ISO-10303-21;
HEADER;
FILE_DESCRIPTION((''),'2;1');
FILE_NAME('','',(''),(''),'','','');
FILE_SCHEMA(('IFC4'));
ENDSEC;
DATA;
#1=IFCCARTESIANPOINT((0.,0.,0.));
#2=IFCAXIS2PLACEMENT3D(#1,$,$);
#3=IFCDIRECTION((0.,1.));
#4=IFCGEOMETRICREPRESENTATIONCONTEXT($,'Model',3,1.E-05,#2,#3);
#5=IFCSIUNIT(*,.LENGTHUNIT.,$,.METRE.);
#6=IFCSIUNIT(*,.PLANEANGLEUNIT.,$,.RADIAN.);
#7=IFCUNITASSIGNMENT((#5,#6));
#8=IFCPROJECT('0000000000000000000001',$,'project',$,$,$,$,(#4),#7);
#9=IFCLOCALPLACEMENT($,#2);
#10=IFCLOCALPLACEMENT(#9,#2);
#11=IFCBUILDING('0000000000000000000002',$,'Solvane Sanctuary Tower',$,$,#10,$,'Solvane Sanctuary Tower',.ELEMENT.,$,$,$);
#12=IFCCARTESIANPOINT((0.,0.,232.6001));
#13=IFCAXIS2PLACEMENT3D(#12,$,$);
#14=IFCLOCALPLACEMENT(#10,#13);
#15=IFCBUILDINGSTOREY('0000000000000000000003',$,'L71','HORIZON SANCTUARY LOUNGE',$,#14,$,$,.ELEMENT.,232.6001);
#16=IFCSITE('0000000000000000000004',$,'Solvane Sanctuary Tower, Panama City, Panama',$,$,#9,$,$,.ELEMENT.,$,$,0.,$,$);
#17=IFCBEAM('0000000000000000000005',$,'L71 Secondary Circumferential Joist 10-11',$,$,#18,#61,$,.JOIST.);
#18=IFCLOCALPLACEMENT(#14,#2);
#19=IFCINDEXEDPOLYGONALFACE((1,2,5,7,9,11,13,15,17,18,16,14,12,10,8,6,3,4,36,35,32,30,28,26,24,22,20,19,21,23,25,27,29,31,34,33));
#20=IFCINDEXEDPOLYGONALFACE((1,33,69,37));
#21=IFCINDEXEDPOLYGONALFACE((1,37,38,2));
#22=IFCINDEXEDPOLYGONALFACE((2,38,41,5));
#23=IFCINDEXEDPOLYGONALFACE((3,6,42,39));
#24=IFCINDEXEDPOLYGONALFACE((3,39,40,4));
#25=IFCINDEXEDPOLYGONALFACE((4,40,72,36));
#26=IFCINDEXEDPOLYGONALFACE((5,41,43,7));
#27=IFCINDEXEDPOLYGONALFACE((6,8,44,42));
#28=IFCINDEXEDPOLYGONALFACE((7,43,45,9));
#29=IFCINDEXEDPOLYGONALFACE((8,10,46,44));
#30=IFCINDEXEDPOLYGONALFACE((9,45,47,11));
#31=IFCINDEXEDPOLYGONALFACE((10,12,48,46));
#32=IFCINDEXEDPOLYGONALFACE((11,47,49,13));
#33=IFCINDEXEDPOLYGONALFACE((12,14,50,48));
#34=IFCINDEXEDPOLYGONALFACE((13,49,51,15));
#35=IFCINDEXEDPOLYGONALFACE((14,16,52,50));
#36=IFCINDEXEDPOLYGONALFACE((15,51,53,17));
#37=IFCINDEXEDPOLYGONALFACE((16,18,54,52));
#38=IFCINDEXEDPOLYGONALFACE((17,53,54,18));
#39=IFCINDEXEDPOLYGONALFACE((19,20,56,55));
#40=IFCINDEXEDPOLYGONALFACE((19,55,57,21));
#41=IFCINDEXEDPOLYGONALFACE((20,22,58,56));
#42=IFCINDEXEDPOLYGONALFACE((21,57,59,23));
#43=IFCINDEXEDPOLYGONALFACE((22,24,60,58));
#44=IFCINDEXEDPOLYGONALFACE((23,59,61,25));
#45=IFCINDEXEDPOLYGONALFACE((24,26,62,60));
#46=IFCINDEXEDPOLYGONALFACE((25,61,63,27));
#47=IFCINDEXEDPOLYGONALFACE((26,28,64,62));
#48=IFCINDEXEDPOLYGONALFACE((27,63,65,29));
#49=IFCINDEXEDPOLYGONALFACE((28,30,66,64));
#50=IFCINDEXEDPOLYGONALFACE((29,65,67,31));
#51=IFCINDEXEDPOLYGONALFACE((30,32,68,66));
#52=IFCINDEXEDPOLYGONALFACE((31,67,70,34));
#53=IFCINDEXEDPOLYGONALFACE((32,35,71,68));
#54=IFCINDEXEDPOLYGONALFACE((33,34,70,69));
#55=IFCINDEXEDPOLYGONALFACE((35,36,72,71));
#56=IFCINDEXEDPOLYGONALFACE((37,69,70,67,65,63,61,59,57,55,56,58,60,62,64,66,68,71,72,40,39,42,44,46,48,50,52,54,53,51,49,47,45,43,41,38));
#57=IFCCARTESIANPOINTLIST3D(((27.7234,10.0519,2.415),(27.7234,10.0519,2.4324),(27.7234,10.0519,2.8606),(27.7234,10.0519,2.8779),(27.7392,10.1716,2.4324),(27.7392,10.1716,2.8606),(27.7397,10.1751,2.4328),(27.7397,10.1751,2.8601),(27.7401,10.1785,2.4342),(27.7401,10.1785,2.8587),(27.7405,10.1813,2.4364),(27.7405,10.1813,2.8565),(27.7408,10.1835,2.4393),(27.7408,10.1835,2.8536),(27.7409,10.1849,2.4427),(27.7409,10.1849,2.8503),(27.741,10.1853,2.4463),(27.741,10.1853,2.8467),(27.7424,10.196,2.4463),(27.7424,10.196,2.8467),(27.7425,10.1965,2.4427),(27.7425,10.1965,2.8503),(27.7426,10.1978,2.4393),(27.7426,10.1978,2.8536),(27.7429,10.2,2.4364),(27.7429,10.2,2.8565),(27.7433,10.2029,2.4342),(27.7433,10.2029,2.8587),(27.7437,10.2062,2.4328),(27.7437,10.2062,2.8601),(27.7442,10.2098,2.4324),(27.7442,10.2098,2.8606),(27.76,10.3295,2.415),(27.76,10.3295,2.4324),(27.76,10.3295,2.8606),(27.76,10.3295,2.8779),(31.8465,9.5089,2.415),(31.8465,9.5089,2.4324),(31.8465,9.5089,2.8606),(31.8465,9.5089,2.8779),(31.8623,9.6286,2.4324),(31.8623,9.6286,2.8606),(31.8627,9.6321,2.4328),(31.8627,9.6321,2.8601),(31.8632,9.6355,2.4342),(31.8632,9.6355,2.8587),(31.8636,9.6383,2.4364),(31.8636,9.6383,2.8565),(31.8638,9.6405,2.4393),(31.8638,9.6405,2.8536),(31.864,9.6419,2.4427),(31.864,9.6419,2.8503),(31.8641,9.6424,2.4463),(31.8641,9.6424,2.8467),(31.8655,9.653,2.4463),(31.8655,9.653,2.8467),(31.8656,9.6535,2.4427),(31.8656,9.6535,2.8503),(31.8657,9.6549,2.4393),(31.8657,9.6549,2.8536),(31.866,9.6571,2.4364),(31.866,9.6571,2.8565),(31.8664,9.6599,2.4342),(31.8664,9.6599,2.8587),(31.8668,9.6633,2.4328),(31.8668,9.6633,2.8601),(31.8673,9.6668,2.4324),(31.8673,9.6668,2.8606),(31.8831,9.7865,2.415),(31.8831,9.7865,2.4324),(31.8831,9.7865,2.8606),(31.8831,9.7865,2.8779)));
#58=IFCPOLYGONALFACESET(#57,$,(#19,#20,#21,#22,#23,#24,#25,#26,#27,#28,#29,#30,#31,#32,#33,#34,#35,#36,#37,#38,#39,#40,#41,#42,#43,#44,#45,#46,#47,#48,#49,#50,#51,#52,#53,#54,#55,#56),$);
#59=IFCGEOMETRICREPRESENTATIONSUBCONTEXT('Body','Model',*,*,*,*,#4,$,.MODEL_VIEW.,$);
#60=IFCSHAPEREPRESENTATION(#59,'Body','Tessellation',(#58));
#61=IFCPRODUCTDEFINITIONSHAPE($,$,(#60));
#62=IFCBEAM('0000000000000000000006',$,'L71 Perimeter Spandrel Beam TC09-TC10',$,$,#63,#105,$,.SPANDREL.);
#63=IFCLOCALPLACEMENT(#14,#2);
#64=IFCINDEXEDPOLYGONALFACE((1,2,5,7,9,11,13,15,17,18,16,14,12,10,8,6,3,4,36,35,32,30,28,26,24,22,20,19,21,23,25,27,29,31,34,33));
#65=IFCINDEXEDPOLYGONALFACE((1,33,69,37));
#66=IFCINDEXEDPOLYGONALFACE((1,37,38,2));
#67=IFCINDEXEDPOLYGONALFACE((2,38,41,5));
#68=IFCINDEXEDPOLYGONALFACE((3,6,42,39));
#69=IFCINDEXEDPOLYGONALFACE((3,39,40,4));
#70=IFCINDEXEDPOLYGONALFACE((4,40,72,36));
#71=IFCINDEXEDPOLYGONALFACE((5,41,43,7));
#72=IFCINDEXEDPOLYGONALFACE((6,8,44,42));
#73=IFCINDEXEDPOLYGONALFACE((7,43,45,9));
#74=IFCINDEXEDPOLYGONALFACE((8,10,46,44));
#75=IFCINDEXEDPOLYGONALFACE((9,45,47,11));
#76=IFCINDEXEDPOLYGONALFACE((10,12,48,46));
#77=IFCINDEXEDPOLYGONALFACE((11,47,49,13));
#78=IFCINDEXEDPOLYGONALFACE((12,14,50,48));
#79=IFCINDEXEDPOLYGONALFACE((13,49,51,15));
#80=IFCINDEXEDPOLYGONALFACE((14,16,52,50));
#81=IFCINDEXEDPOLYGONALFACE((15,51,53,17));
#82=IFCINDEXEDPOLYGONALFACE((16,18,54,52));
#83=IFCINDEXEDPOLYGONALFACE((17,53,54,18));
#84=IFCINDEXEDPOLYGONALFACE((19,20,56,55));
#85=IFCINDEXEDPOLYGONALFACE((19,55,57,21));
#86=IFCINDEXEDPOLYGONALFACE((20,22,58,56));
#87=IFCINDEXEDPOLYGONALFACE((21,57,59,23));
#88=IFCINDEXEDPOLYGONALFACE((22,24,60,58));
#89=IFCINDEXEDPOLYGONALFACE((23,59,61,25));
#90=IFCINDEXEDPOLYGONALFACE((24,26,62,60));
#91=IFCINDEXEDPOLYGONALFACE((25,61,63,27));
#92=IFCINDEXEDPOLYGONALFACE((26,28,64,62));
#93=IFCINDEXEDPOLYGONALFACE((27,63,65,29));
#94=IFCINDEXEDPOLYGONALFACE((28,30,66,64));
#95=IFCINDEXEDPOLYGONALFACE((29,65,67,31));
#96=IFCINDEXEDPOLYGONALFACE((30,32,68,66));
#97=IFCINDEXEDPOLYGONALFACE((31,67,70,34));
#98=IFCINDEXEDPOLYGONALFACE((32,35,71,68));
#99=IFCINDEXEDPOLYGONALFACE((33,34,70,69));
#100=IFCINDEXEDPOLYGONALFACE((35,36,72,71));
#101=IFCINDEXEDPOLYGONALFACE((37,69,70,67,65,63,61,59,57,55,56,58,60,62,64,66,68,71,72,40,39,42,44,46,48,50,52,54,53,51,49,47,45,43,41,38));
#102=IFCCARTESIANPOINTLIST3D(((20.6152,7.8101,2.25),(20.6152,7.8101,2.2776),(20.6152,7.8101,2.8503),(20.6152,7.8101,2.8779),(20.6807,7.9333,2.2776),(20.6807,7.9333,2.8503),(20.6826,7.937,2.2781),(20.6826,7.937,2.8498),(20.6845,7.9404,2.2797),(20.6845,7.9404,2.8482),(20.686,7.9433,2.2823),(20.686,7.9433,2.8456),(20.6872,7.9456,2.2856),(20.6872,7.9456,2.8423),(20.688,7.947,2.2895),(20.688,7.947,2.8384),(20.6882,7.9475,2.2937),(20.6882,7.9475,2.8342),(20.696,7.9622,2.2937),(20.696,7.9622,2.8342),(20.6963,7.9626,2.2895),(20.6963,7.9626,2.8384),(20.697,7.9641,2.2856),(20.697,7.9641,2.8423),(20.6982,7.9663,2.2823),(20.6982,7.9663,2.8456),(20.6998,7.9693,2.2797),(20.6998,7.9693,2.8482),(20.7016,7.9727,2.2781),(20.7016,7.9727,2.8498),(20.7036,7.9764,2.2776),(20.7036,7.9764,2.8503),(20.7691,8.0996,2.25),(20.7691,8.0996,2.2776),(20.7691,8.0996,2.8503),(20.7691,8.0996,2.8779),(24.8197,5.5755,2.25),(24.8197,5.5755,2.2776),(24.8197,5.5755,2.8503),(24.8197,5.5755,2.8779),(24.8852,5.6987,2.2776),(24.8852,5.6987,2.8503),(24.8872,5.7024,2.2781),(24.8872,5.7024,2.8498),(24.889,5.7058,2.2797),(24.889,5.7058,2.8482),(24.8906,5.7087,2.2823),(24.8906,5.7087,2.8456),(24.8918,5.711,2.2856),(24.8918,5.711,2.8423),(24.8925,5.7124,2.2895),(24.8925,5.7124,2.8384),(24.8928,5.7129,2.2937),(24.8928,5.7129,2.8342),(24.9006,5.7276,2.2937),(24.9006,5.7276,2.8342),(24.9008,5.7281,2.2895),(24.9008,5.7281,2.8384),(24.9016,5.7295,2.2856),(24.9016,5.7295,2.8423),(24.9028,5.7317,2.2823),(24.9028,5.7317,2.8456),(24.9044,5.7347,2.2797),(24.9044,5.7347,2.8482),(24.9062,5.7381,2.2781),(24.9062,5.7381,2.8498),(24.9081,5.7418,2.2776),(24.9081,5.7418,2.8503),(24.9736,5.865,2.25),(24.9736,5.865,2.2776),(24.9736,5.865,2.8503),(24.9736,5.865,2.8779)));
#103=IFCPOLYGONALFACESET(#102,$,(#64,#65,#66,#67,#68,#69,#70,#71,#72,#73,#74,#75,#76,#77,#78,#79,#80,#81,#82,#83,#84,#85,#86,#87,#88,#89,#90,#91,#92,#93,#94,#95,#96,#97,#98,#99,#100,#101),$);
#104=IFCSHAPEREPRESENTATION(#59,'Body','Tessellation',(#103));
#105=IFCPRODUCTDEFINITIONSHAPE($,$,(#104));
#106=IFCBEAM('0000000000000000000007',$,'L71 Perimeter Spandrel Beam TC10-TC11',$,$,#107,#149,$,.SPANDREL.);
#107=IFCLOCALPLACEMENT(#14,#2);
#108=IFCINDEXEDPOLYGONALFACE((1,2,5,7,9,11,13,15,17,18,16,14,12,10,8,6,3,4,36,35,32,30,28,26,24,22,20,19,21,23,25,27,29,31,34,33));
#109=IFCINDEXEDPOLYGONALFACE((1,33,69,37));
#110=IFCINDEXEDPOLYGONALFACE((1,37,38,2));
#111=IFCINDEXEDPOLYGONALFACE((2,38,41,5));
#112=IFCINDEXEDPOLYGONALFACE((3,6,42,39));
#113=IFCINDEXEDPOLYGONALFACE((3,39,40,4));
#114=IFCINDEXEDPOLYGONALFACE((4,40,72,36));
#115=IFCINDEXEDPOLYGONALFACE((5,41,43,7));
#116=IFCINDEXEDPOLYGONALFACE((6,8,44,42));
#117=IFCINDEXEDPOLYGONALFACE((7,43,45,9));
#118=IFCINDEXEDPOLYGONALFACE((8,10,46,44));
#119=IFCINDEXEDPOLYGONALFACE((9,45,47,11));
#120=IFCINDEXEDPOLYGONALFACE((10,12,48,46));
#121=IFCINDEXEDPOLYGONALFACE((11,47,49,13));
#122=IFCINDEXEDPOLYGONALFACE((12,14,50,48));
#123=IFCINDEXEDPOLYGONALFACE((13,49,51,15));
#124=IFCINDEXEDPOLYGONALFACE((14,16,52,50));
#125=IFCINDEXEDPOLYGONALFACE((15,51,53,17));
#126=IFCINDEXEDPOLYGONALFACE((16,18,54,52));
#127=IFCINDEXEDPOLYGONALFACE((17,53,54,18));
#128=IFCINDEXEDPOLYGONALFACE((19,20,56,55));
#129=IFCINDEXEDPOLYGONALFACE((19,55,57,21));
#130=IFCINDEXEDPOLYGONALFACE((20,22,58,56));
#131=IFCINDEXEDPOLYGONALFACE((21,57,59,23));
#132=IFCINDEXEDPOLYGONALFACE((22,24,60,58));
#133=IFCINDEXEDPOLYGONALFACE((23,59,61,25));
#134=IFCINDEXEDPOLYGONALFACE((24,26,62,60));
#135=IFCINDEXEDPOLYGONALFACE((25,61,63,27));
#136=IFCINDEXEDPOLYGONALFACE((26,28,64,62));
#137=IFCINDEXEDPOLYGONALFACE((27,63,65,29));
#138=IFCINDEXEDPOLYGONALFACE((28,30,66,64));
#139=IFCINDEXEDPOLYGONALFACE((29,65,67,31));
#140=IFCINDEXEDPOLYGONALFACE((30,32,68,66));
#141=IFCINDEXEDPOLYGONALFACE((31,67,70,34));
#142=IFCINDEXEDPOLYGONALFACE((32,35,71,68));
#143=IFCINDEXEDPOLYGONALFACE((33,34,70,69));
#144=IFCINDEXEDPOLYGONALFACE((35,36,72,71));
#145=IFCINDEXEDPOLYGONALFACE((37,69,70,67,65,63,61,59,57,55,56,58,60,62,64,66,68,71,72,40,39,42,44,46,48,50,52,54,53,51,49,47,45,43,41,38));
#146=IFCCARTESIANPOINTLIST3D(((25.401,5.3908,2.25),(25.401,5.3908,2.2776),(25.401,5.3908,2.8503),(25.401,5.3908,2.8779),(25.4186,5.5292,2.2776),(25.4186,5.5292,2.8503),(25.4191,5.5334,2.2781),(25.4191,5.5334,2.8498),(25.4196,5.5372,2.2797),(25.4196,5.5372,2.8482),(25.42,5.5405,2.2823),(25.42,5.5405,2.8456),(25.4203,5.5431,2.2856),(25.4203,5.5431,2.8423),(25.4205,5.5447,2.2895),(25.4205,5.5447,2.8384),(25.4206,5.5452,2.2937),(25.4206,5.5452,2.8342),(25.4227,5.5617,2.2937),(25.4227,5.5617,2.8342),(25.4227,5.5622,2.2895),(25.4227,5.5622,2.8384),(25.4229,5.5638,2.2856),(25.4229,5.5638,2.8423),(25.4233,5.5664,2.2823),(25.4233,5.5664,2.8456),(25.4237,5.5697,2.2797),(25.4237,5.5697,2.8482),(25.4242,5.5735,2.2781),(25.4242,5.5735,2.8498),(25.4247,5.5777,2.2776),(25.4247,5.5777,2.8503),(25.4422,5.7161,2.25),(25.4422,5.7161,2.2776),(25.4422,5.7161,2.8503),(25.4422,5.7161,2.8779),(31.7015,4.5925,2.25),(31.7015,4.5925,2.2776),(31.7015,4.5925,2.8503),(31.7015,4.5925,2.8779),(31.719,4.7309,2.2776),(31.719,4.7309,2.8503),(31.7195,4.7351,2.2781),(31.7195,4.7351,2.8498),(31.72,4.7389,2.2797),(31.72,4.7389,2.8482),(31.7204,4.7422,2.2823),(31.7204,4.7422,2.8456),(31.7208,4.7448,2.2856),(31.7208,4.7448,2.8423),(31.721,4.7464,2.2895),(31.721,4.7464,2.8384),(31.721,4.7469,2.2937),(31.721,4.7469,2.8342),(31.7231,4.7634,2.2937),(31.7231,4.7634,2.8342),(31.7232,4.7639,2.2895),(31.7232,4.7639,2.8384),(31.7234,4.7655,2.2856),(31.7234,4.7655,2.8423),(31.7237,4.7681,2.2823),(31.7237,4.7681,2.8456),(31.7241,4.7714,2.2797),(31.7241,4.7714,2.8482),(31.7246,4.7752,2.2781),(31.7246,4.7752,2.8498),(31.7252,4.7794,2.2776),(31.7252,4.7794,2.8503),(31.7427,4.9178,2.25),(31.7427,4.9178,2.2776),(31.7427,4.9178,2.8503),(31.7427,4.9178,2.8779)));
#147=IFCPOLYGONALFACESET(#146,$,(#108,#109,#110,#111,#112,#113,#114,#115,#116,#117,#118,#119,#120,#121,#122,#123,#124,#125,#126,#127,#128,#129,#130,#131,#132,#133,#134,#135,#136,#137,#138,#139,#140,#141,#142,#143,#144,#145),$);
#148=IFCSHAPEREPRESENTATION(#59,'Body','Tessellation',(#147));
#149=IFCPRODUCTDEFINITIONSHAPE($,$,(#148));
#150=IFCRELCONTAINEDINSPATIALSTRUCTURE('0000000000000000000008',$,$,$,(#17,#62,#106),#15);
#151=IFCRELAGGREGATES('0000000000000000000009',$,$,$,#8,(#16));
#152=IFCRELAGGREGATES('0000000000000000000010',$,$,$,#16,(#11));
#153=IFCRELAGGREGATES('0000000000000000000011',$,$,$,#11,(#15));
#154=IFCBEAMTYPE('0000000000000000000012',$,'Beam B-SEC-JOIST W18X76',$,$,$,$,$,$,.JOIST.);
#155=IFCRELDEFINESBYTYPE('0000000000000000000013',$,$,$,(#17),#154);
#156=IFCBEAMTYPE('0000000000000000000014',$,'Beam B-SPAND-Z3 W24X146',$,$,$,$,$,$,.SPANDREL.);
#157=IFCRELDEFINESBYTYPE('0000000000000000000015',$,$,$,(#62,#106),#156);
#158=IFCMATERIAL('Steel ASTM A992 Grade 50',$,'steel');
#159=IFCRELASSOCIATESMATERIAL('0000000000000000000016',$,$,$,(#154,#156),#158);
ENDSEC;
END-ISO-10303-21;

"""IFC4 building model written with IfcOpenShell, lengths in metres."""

from ifc_helpers import new_model, si_unit, direction, frame, origin, origin_2d, place, context, subcontext, project, spatial, i_section, extrude, material, material_profile, profile_set, type_object, element, save


model = new_model("IFC4")

# Units and contexts
model_context = context("Model", 3, precision=1e-05, world=origin(), true_north=direction((0.0, 1.0)))
body_context = subcontext(model_context, "Body", "Model", "MODEL_VIEW")
ifc_project = project(units=[si_unit("LENGTHUNIT", "METRE"), si_unit("PLANEANGLEUNIT", "RADIAN")], contexts=[model_context])

# Site, building, storey
site_placement = place(None, origin())
site = spatial("IfcSite", under=ifc_project, at=site_placement, Name="Solvane Sanctuary Tower, Panama City, Panama", CompositionType="ELEMENT", RefElevation=0.0)
building_placement = place(site_placement, origin())
building = spatial("IfcBuilding", under=site, at=building_placement, Name="Solvane Sanctuary Tower", LongName="Solvane Sanctuary Tower", CompositionType="ELEMENT")
storey_placement = place(building_placement, frame((0.0, 0.0, 232.6001)))
storey = spatial("IfcBuildingStorey", under=building, at=storey_placement, Name="L71", Description="HORIZON SANCTUARY LOUNGE", CompositionType="ELEMENT", Elevation=232.6001)

# Beams
ifc_material_1 = material(Name="Steel ASTM A992 Grade 50", Category="steel")
ifc_material_profile_1 = material_profile(ifc_material_1, i_section(OverallWidth=0.28, OverallDepth=0.4629, WebThickness=0.0107, FlangeThickness=0.0173, FilletRadius=0.0139, at=origin_2d()), Name="W18X76")
ifc_profile_set_1 = profile_set([ifc_material_profile_1], Name="Steel ASTM A992 Grade 50")
beam_type_1 = type_object("IfcBeamType", Name="Beam B-SEC-JOIST W18X76", PredefinedType="JOIST", material=ifc_profile_set_1)
beam_1_placement = place(storey_placement, frame((27.7417, 10.1907, 2.6465), z_axis=(0.99144, -0.130564, 0.0), x_axis=(0.130564, 0.99144, 0.0)))
element("IfcBeam", 1, at=beam_1_placement, inside=storey, type_object=beam_type_1, Name="L71 Secondary Circumferential Joist 10-11", PredefinedType="JOIST", context=body_context, shape_type="SweptSolid", body=[
    extrude(i_section(OverallWidth=0.28, OverallDepth=0.4629, WebThickness=0.0107, FlangeThickness=0.0173, FilletRadius=0.0139, at=origin_2d()), origin(), (0.0, 0.0, 1.0), 4.1587),
])
ifc_material_profile_2 = material_profile(ifc_material_1, i_section(OverallWidth=0.3279, OverallDepth=0.6279, WebThickness=0.0166, FlangeThickness=0.0276, FilletRadius=0.0161, at=origin_2d()), Name="W24X146")
ifc_profile_set_2 = profile_set([ifc_material_profile_2], Name="Steel ASTM A992 Grade 50")
beam_type_2 = type_object("IfcBeamType", Name="Beam B-SPAND-Z3 W24X146", PredefinedType="SPANDREL", material=ifc_profile_set_2)
beam_2_placement = place(storey_placement, frame((20.6921, 7.9548, 2.564), z_axis=(0.883035, -0.469308, 0.0), x_axis=(0.469308, 0.883035, 0.0)))
element("IfcBeam", 2, at=beam_2_placement, inside=storey, type_object=beam_type_2, Name="L71 Perimeter Spandrel Beam TC09-TC10", PredefinedType="SPANDREL", context=body_context, shape_type="SweptSolid", body=[
    extrude(i_section(OverallWidth=0.3279, OverallDepth=0.6279, WebThickness=0.0166, FlangeThickness=0.0276, FilletRadius=0.0161, at=origin_2d()), origin(), (0.0, 0.0, 1.0), 4.7615),
])
beam_3_placement = place(storey_placement, frame((25.4216, 5.5535, 2.564), z_axis=(0.992068, -0.125705, 0.0), x_axis=(0.125705, 0.992068, 0.0)))
element("IfcBeam", 3, at=beam_3_placement, inside=storey, type_object=beam_type_2, Name="L71 Perimeter Spandrel Beam TC10-TC11", PredefinedType="SPANDREL", context=body_context, shape_type="SweptSolid", body=[
    extrude(i_section(OverallWidth=0.3279, OverallDepth=0.6279, WebThickness=0.0166, FlangeThickness=0.0276, FilletRadius=0.0161, at=origin_2d()), origin(), (0.0, 0.0, 1.0), 6.3508),
])

save(model, "model.ifc")
